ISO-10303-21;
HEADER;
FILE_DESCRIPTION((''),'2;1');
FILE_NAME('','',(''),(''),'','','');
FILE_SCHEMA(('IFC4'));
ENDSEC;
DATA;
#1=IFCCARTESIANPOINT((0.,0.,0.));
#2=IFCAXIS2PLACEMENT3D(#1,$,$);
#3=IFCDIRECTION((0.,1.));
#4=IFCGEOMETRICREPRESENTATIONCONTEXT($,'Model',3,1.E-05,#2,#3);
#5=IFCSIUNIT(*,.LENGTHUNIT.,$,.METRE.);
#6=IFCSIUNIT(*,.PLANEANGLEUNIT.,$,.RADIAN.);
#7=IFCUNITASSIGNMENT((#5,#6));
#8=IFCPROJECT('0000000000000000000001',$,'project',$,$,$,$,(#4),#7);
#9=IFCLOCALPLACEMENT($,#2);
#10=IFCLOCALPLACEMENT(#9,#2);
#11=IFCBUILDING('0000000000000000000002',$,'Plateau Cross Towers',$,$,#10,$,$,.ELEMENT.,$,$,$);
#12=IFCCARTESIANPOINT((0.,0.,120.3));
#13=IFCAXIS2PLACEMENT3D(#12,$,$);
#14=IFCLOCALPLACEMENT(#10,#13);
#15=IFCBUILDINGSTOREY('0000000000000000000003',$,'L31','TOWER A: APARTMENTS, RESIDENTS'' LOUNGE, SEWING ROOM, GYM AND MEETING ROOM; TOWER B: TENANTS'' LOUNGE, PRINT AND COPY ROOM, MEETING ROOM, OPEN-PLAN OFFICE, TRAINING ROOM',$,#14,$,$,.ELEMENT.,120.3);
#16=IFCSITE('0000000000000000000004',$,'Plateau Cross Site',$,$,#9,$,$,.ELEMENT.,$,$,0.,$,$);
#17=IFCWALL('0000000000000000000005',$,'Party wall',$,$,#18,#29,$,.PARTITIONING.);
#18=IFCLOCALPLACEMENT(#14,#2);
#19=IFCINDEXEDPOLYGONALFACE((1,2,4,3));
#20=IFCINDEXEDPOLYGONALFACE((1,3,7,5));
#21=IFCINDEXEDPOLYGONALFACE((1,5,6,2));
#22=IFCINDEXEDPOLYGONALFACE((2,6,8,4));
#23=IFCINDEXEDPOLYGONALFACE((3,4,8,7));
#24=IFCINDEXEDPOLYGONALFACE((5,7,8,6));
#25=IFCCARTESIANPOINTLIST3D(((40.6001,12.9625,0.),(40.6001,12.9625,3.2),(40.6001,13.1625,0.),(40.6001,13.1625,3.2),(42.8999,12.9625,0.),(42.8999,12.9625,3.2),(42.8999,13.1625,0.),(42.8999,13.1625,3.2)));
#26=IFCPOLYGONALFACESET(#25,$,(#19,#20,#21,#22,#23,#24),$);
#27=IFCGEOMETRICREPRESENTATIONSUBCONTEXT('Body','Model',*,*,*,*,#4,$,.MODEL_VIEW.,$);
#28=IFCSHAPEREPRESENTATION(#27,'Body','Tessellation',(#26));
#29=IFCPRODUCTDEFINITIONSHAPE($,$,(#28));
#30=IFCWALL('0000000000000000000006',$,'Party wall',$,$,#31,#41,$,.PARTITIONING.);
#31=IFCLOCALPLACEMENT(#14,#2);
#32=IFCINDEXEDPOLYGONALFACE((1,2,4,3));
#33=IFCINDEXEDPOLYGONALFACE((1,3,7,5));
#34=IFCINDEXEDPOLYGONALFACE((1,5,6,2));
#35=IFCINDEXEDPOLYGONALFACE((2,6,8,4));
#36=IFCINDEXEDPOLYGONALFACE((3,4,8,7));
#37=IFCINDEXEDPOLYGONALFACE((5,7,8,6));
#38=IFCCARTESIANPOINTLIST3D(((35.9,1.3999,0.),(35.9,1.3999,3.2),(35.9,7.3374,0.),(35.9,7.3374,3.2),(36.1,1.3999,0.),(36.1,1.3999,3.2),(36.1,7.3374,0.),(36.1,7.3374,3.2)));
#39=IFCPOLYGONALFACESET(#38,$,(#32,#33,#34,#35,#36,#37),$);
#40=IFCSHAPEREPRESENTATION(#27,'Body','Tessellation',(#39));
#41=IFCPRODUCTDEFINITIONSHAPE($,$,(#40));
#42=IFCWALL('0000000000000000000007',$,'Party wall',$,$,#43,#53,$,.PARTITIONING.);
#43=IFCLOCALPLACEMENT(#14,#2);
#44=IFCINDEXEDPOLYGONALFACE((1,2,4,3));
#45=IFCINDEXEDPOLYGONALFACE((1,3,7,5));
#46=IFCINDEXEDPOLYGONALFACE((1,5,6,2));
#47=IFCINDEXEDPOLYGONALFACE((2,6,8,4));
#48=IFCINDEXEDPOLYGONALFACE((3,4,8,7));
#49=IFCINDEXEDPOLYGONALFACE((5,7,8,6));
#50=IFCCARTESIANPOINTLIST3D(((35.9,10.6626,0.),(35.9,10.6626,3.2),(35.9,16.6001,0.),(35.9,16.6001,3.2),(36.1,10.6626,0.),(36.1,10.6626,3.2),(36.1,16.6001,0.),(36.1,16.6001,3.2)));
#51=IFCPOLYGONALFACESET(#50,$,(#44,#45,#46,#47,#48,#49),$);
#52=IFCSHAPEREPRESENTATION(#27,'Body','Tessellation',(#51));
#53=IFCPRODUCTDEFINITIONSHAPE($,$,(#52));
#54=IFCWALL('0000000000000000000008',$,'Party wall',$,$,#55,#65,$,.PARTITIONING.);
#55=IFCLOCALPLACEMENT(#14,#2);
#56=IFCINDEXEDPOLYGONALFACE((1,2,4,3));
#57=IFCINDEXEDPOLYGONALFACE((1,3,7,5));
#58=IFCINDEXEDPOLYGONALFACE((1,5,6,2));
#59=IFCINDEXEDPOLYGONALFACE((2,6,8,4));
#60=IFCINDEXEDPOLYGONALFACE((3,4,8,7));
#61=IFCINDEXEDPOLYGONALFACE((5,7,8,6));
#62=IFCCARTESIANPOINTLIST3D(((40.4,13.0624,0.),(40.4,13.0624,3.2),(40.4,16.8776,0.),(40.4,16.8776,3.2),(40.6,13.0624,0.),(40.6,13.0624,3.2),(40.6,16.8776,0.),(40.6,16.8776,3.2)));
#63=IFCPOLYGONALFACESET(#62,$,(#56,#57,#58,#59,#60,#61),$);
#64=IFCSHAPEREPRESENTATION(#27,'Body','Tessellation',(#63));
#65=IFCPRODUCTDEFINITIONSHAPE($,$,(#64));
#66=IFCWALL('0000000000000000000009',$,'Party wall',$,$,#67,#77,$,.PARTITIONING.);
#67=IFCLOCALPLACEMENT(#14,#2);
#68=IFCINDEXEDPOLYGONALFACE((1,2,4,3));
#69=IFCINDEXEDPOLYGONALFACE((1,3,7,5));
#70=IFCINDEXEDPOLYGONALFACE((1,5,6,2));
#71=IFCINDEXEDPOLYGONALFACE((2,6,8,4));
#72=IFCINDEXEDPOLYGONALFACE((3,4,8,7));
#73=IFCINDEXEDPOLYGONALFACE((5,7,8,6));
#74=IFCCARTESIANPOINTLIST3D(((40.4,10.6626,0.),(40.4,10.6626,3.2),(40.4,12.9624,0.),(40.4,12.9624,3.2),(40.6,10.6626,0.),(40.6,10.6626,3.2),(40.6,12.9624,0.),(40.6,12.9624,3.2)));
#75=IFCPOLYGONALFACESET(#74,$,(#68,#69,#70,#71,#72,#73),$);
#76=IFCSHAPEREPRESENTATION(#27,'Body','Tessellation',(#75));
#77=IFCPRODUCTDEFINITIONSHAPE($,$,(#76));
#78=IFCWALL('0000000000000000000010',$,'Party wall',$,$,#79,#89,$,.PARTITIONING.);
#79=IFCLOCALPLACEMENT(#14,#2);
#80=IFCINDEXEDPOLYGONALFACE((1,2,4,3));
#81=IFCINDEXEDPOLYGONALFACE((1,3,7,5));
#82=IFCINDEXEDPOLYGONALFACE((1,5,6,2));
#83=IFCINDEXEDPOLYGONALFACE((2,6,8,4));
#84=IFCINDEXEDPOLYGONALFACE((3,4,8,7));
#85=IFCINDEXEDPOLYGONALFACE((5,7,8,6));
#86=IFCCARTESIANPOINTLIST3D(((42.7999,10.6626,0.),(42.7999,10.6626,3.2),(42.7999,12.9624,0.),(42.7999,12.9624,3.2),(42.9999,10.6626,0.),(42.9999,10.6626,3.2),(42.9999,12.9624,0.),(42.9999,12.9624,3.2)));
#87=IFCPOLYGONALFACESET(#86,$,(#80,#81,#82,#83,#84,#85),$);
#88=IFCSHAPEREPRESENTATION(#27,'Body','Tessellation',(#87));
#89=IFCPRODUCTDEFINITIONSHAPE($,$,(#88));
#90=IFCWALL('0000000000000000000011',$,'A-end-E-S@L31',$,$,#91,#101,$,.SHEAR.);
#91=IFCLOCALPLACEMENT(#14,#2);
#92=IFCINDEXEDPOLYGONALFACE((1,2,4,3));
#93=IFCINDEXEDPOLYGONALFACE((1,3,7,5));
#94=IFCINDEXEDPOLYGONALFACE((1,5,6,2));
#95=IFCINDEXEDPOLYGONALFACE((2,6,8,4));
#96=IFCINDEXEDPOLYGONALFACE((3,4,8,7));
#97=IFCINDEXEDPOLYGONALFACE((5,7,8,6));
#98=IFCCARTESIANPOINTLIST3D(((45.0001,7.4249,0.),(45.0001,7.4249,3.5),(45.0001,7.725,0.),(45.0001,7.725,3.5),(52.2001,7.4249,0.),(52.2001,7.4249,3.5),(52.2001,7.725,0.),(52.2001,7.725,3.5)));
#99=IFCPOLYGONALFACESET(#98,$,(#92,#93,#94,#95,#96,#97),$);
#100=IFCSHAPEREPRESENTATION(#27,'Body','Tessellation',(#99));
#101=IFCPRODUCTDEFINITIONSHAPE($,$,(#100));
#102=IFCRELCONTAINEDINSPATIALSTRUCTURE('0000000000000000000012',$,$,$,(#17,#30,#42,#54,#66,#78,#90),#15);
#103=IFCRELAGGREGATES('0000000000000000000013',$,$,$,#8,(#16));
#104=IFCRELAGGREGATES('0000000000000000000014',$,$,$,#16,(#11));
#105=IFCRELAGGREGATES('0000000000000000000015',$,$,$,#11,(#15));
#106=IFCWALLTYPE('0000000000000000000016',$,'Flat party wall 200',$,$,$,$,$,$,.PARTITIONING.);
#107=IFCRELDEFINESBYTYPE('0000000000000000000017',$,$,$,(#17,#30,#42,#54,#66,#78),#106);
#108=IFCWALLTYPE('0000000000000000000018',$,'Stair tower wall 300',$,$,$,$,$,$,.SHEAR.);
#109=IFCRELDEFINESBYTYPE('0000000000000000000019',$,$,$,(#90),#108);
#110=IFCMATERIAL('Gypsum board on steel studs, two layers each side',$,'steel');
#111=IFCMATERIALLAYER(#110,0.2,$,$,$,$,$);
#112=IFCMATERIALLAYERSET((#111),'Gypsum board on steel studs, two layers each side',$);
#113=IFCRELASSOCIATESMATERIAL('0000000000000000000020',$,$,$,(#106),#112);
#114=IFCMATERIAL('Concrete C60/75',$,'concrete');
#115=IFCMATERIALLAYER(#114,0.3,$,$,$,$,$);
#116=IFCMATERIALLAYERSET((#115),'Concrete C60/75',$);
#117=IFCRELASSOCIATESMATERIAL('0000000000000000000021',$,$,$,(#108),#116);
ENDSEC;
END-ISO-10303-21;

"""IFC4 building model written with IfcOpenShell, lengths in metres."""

from ifc_helpers import new_model, si_unit, direction, frame, frame_2d, origin, place, context, subcontext, project, spatial, rectangle, extrude, material, layer, layer_set, type_object, element, save


model = new_model("IFC4")

# Units and contexts
model_context = context("Model", 3, precision=1e-05, world=origin(), true_north=direction((0.0, 1.0)))
body_context = subcontext(model_context, "Body", "Model", "MODEL_VIEW")
ifc_project = project(units=[si_unit("LENGTHUNIT", "METRE"), si_unit("PLANEANGLEUNIT", "RADIAN")], contexts=[model_context])

# Site, building, storey
site_placement = place(None, origin())
site = spatial("IfcSite", under=ifc_project, at=site_placement, Name="Plateau Cross Site", CompositionType="ELEMENT", RefElevation=0.0)
building_placement = place(site_placement, origin())
building = spatial("IfcBuilding", under=site, at=building_placement, Name="Plateau Cross Towers", CompositionType="ELEMENT")
storey_placement = place(building_placement, frame((0.0, 0.0, 120.3)))
storey = spatial("IfcBuildingStorey", under=building, at=storey_placement, Name="L31", Description="TOWER A: APARTMENTS, RESIDENTS' LOUNGE, SEWING ROOM, GYM AND MEETING ROOM; TOWER B: TENANTS' LOUNGE, PRINT AND COPY ROOM, MEETING ROOM, OPEN-PLAN OFFICE, TRAINING ROOM", CompositionType="ELEMENT", Elevation=120.3)

# Shared definitions
ifc_material_1 = material(Name="Concrete C60/75", Category="concrete")

# Walls
ifc_material_2 = material(Name="Gypsum board on steel studs, two layers each side", Category="steel")
ifc_layer_1 = layer(ifc_material_2, 0.2)
ifc_layer_set_1 = layer_set([ifc_layer_1], Name="Gypsum board on steel studs, two layers each side")
wall_type_1 = type_object("IfcWallType", Name="Flat party wall 200", PredefinedType="PARTITIONING", material=ifc_layer_set_1)
wall_1_placement = place(storey_placement, frame((42.8999, 13.0625, 0.0), z_axis=(0.0, 0.0, 1.0), x_axis=(-1.0, 0.0, 0.0)))
element("IfcWall", 1, at=wall_1_placement, inside=storey, type_object=wall_type_1, Name="Party wall", PredefinedType="PARTITIONING", context=body_context, shape_type="SweptSolid", body=[
    extrude(rectangle(XDim=2.2998, YDim=0.2, at=frame_2d((1.1499, 0.0))), origin(), (0.0, 0.0, 1.0), 3.2),
])
for number, where, z_axis, x_axis, name in (
    (2, (36.0, 1.3999, 0.0), (0.0, 0.0, 1.0), (0.0, 1.0, 0.0), "Party wall"),
    (3, (36.0, 10.6626, 0.0), (0.0, 0.0, 1.0), (0.0, 1.0, 0.0), "Party wall"),
):
    element("IfcWall", number, at=place(storey_placement, frame(where, z_axis=z_axis, x_axis=x_axis)), inside=storey, type_object=wall_type_1, Name=name, PredefinedType="PARTITIONING", context=body_context, shape_type="SweptSolid", body=[
        extrude(rectangle(XDim=5.9375, YDim=0.2, at=frame_2d((2.9688, 0.0))), origin(), (0.0, 0.0, 1.0), 3.2),
    ])
wall_2_placement = place(storey_placement, frame((40.5, 16.8777, 0.0), z_axis=(0.0, 0.0, 1.0), x_axis=(0.0, -1.0, 0.0)))
element("IfcWall", 4, at=wall_2_placement, inside=storey, type_object=wall_type_1, Name="Party wall", PredefinedType="PARTITIONING", context=body_context, shape_type="SweptSolid", body=[
    extrude(rectangle(XDim=3.8152, YDim=0.2, at=frame_2d((1.9077, 0.0))), origin(), (0.0, 0.0, 1.0), 3.2),
])
for number, where, z_axis, x_axis, name in (
    (5, (40.5, 10.6626, 0.0), (0.0, 0.0, 1.0), (0.0, 1.0, 0.0), "Party wall"),
    (6, (42.8999, 10.6626, 0.0), (0.0, 0.0, 1.0), (0.0, 1.0, 0.0), "Party wall"),
):
    element("IfcWall", number, at=place(storey_placement, frame(where, z_axis=z_axis, x_axis=x_axis)), inside=storey, type_object=wall_type_1, Name=name, PredefinedType="PARTITIONING", context=body_context, shape_type="SweptSolid", body=[
        extrude(rectangle(XDim=2.2998, YDim=0.2, at=frame_2d((1.1499, 0.0))), origin(), (0.0, 0.0, 1.0), 3.2),
    ])
ifc_layer_2 = layer(ifc_material_1, 0.3)
ifc_layer_set_2 = layer_set([ifc_layer_2], Name="Concrete C60/75")
wall_type_2 = type_object("IfcWallType", Name="Stair tower wall 300", PredefinedType="SHEAR", material=ifc_layer_set_2)
wall_3_placement = place(storey_placement, frame((45.0, 7.575, 0.0), z_axis=(0.0, 0.0, 1.0), x_axis=(1.0, 0.0, 0.0)))
element("IfcWall", 7, at=wall_3_placement, inside=storey, type_object=wall_type_2, Name="A-end-E-S@L31", PredefinedType="SHEAR", context=body_context, shape_type="SweptSolid", body=[
    extrude(rectangle(XDim=7.2, YDim=0.3, at=frame_2d((3.6001, 0.0))), origin(), (0.0, 0.0, 1.0), 3.5),
])

save(model, "model.ifc")
